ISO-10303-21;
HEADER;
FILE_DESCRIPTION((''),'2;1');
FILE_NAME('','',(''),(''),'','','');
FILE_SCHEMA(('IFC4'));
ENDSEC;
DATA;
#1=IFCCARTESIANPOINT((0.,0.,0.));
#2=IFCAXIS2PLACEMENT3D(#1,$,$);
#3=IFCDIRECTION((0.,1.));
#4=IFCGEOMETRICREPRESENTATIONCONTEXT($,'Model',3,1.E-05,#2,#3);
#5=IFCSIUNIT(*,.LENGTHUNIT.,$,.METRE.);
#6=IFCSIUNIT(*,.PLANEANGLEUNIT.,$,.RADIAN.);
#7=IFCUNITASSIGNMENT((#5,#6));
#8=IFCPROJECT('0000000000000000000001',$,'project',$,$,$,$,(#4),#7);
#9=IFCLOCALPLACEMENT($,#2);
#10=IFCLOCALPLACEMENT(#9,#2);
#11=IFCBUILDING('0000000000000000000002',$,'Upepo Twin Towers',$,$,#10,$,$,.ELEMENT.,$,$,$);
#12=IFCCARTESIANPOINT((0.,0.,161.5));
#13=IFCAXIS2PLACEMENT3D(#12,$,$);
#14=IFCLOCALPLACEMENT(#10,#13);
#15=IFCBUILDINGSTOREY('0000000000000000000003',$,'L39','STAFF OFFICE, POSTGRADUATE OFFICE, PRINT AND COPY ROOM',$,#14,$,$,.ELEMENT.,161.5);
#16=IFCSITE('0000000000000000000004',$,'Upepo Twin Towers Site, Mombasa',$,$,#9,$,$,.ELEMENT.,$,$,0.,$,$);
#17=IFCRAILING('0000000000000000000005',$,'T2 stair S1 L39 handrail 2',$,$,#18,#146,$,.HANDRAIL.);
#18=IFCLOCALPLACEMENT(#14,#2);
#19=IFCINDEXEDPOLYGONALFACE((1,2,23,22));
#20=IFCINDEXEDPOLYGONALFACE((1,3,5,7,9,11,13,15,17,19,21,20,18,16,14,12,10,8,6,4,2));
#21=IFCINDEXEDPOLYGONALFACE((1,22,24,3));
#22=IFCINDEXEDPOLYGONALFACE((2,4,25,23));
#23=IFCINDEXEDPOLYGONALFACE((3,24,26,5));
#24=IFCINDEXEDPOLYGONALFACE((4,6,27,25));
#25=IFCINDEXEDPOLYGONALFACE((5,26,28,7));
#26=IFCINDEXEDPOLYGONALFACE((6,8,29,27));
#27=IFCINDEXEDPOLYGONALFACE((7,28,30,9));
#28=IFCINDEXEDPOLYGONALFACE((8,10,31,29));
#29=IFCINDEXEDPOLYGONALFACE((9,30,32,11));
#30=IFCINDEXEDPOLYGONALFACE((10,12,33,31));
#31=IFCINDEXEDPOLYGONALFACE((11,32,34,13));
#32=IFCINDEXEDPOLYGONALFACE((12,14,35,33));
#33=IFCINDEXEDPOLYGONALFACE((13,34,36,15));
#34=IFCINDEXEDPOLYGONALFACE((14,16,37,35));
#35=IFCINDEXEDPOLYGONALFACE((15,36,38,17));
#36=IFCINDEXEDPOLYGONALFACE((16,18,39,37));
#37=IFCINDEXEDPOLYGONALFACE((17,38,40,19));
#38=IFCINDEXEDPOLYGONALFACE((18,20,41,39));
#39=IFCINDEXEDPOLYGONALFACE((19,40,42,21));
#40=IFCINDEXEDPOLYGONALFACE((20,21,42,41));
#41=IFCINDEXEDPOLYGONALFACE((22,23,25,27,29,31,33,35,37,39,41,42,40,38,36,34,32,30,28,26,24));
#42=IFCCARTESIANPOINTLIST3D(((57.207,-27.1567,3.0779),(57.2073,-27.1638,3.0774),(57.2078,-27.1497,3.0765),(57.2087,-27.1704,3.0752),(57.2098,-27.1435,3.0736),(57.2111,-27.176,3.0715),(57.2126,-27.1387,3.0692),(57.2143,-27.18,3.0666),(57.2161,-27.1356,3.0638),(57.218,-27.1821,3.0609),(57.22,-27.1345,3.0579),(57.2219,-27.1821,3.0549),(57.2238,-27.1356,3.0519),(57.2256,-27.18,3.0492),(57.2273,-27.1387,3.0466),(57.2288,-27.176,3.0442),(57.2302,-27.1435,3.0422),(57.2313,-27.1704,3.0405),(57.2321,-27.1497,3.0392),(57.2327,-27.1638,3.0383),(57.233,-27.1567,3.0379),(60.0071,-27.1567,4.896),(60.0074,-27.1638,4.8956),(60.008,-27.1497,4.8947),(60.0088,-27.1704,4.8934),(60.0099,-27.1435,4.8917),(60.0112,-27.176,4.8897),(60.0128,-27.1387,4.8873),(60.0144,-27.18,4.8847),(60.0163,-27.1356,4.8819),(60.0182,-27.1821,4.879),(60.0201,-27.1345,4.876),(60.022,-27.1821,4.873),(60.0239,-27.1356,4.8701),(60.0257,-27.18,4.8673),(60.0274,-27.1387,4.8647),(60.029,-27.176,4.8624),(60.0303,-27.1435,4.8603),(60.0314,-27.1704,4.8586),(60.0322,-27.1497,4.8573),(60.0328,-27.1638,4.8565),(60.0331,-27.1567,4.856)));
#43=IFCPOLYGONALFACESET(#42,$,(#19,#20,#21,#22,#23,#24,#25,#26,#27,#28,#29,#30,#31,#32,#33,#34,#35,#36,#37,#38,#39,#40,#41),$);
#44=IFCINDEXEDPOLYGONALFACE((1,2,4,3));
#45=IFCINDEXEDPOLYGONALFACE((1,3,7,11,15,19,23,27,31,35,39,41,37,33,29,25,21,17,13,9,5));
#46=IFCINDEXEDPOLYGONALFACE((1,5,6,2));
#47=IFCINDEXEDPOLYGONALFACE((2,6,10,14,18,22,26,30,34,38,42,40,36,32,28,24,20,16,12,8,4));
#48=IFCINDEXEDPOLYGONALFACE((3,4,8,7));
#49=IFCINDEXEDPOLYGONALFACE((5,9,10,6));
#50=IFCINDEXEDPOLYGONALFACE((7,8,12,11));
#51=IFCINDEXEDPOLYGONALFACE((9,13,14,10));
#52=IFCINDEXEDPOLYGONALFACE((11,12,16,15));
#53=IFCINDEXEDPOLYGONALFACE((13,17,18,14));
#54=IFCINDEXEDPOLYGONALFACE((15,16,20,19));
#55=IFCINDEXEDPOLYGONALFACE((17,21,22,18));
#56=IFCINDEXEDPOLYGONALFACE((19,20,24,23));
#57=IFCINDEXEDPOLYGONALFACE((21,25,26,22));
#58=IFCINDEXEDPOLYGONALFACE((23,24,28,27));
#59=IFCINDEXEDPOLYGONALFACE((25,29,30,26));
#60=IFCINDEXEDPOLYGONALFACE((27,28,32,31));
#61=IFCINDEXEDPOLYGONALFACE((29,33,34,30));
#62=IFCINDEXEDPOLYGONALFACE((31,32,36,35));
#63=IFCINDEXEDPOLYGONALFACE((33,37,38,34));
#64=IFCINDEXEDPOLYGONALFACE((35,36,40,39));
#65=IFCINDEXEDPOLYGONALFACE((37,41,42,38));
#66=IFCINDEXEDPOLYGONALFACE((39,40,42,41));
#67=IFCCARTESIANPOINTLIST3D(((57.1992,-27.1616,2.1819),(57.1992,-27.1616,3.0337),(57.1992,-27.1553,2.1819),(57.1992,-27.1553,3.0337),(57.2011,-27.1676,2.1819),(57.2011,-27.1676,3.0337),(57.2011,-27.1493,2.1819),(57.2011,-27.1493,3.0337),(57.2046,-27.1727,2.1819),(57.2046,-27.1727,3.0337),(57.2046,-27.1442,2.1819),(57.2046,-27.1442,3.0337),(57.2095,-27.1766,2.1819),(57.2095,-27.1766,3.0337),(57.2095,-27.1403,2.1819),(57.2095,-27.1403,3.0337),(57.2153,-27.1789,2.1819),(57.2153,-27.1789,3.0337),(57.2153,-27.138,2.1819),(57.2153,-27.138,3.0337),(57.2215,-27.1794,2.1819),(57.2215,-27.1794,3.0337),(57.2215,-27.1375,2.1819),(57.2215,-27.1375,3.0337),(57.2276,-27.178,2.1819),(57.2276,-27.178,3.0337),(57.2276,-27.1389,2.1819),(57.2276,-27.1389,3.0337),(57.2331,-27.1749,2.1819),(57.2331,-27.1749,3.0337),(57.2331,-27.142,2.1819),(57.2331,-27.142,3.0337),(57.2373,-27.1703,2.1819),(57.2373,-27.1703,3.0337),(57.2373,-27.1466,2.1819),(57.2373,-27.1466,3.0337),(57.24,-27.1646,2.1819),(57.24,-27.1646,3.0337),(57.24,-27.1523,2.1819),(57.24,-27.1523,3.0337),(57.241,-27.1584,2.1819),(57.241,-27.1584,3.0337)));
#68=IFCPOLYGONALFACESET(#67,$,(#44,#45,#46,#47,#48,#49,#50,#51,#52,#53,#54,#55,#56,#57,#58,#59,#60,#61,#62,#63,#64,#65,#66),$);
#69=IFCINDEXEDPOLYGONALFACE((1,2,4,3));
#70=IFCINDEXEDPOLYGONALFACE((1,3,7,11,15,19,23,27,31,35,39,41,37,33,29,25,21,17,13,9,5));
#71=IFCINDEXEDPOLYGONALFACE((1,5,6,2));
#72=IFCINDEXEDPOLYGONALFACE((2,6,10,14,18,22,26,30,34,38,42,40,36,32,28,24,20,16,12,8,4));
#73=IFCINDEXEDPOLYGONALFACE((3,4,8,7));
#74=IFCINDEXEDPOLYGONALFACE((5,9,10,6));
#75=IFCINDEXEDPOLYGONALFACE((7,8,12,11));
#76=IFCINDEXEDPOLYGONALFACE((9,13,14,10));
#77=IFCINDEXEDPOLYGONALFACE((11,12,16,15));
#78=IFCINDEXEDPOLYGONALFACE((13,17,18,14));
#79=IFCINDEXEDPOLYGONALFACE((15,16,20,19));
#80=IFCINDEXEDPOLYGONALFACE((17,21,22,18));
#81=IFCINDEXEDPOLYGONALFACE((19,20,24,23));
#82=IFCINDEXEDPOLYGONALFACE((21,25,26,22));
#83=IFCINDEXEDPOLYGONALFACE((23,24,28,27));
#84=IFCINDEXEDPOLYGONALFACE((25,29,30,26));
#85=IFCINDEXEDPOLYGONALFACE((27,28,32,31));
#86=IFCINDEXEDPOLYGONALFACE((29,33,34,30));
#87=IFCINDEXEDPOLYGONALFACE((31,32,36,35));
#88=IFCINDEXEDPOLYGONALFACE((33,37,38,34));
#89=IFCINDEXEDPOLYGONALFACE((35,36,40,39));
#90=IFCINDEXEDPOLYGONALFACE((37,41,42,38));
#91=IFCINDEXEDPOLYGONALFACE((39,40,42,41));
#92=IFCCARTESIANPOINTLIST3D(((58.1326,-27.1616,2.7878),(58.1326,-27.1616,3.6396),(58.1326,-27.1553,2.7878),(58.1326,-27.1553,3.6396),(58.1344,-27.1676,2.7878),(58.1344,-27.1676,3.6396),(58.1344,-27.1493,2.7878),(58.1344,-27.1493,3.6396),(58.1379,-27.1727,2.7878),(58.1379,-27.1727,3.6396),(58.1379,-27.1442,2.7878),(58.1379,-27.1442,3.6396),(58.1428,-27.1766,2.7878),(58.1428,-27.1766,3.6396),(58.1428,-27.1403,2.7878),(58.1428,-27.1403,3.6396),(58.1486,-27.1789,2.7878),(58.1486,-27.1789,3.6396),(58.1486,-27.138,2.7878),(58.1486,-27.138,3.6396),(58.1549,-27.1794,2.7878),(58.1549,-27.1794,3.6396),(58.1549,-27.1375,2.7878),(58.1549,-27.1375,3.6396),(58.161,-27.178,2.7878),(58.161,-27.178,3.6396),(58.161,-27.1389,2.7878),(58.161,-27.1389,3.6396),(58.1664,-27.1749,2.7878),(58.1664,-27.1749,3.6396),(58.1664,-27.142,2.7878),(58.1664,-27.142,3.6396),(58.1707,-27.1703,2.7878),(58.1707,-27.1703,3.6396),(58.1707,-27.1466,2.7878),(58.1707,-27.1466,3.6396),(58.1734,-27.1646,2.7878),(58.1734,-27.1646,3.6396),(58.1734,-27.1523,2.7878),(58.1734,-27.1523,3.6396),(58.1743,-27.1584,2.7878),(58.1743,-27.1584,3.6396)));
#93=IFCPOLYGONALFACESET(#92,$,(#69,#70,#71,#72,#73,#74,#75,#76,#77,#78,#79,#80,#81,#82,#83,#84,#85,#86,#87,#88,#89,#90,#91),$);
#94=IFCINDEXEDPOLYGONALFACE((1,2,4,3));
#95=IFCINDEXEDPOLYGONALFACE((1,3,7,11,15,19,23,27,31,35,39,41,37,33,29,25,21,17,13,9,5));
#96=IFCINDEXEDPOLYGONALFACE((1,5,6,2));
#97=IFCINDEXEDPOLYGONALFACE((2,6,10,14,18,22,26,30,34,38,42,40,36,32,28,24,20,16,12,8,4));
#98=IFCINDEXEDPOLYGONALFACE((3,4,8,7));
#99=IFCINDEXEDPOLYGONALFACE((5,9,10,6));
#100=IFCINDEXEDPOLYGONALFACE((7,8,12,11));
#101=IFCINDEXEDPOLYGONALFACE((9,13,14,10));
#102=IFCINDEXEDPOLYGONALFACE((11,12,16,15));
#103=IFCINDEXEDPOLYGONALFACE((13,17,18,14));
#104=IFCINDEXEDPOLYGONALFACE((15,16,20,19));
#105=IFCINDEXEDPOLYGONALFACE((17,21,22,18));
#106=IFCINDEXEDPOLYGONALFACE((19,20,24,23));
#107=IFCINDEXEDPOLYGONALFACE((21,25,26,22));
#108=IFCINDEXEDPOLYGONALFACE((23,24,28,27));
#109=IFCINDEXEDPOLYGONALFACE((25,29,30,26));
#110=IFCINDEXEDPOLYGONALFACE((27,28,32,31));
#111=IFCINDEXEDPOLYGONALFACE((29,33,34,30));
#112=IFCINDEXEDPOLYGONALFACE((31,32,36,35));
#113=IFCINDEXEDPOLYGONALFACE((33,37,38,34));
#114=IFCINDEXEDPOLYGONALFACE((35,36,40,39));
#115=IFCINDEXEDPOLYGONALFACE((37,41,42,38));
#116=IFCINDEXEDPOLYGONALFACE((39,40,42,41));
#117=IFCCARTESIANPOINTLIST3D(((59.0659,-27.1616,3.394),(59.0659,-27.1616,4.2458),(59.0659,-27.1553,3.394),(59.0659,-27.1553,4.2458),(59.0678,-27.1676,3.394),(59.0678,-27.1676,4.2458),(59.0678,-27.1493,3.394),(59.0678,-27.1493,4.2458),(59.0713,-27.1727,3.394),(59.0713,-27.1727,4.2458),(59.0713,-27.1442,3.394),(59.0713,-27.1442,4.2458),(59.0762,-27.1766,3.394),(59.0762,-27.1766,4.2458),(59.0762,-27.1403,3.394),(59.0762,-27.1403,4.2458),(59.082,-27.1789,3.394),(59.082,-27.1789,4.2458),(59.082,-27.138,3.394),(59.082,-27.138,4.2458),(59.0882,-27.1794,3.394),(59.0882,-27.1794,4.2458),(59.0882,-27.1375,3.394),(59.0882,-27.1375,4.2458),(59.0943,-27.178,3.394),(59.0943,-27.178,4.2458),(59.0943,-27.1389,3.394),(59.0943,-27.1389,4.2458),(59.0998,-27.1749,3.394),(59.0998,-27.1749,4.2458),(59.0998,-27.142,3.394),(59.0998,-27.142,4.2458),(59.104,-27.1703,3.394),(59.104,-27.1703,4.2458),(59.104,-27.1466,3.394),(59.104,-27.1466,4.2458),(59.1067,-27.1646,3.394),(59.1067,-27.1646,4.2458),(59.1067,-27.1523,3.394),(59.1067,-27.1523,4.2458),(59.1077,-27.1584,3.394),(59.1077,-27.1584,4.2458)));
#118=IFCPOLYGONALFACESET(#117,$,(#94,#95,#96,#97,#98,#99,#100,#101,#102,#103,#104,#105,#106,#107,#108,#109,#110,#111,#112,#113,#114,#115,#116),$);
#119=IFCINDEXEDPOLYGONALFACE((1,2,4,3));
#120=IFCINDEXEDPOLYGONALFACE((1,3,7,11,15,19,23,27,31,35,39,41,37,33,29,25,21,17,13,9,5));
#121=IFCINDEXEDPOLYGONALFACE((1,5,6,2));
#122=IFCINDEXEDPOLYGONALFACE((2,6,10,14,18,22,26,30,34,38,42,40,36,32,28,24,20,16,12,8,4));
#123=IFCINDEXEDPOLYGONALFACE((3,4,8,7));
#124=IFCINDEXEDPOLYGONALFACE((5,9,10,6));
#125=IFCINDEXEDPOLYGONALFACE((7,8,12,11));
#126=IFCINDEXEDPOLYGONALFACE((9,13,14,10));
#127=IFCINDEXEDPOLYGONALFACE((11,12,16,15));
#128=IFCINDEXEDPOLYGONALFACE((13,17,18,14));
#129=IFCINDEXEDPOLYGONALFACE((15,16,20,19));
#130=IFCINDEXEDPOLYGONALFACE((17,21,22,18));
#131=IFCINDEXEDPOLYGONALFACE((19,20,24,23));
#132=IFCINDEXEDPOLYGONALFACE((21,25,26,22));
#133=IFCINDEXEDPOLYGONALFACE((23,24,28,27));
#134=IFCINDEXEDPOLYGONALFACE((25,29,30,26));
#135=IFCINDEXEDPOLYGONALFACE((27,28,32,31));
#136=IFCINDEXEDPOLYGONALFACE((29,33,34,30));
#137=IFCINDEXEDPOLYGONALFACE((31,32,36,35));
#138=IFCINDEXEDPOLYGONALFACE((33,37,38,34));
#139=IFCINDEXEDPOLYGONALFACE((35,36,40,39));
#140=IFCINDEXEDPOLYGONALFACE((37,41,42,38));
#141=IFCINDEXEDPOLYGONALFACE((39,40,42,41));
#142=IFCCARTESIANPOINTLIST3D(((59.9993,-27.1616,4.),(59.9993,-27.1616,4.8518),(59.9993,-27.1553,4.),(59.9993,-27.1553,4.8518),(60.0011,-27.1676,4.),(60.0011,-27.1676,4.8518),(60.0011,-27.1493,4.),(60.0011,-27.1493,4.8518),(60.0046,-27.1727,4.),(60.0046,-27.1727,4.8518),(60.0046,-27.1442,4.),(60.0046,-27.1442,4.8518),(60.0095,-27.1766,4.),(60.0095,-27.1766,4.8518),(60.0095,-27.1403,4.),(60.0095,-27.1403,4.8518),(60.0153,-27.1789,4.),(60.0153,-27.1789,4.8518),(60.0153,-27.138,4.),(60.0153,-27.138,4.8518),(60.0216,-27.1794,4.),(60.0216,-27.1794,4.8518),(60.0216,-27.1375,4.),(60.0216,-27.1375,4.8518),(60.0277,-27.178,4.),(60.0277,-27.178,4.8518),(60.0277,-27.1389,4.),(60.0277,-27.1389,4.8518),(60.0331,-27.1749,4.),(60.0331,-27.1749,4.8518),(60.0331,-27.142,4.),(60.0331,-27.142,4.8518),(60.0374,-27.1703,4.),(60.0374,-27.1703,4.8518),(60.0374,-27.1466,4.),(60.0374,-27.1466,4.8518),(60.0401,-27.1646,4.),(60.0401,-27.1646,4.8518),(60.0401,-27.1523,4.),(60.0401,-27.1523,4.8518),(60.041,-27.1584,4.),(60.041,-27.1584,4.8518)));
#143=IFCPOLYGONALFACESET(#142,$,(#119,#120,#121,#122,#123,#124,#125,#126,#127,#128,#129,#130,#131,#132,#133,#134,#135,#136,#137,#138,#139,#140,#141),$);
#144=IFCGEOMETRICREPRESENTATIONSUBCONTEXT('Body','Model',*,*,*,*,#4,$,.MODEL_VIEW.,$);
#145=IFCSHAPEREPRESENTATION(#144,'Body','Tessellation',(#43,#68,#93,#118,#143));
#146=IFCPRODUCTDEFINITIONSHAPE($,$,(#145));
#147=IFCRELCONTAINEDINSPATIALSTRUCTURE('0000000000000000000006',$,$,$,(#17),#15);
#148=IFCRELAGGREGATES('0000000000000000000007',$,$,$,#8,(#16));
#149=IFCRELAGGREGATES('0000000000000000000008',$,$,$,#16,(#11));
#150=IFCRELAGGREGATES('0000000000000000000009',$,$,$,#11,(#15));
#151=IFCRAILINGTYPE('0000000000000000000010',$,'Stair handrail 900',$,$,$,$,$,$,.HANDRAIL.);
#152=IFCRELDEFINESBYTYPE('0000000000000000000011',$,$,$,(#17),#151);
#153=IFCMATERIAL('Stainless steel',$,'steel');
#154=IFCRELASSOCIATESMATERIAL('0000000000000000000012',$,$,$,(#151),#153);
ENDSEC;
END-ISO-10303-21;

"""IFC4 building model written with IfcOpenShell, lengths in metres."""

from ifc_helpers import new_model, si_unit, direction, frame, origin, origin_2d, place, context, subcontext, project, spatial, circle, extrude, material, type_object, element, save


model = new_model("IFC4")

# Units and contexts
model_context = context("Model", 3, precision=1e-05, world=origin(), true_north=direction((0.0, 1.0)))
body_context = subcontext(model_context, "Body", "Model", "MODEL_VIEW")
ifc_project = project(units=[si_unit("LENGTHUNIT", "METRE"), si_unit("PLANEANGLEUNIT", "RADIAN")], contexts=[model_context])

# Site, building, storey
site_placement = place(None, origin())
site = spatial("IfcSite", under=ifc_project, at=site_placement, Name="Upepo Twin Towers Site, Mombasa", CompositionType="ELEMENT", RefElevation=0.0)
building_placement = place(site_placement, origin())
building = spatial("IfcBuilding", under=site, at=building_placement, Name="Upepo Twin Towers", CompositionType="ELEMENT")
storey_placement = place(building_placement, frame((0.0, 0.0, 161.5)))
storey = spatial("IfcBuildingStorey", under=building, at=storey_placement, Name="L39", Description="STAFF OFFICE, POSTGRADUATE OFFICE, PRINT AND COPY ROOM", CompositionType="ELEMENT", Elevation=161.5)

# Railing
ifc_material_1 = material(Name="Stainless steel", Category="steel")
railing_type = type_object("IfcRailingType", Name="Stair handrail 900", PredefinedType="HANDRAIL", material=ifc_material_1)
railing_1_placement = place(storey_placement, frame((57.22, -27.1584, 2.1819)))
element("IfcRailing", 1, at=railing_1_placement, inside=storey, type_object=railing_type, Name="T2 stair S1 L39 handrail 2", PredefinedType="HANDRAIL", context=body_context, shape_type="SweptSolid", body=[
    extrude(circle(Radius=0.0239, at=origin_2d()), frame((0.0, 0.0, 0.876), z_axis=(0.838706, 0.0, 0.544585), x_axis=(0.0, 1.0, 0.0)), (0.0, 0.0, 1.0), 3.3386),
    extrude(circle(Radius=0.021, at=origin_2d()), origin(), (0.0, 0.0, 1.0), 0.8518),
    extrude(circle(Radius=0.021, at=origin_2d()), frame((0.9333, 0.0, 0.606)), (0.0, 0.0, 1.0), 0.8518),
    extrude(circle(Radius=0.021, at=origin_2d()), frame((1.8667, 0.0, 1.2122)), (0.0, 0.0, 1.0), 0.8518),
    extrude(circle(Radius=0.021, at=origin_2d()), frame((2.8, 0.0, 1.8181)), (0.0, 0.0, 1.0), 0.8518),
])

save(model, "model.ifc")
